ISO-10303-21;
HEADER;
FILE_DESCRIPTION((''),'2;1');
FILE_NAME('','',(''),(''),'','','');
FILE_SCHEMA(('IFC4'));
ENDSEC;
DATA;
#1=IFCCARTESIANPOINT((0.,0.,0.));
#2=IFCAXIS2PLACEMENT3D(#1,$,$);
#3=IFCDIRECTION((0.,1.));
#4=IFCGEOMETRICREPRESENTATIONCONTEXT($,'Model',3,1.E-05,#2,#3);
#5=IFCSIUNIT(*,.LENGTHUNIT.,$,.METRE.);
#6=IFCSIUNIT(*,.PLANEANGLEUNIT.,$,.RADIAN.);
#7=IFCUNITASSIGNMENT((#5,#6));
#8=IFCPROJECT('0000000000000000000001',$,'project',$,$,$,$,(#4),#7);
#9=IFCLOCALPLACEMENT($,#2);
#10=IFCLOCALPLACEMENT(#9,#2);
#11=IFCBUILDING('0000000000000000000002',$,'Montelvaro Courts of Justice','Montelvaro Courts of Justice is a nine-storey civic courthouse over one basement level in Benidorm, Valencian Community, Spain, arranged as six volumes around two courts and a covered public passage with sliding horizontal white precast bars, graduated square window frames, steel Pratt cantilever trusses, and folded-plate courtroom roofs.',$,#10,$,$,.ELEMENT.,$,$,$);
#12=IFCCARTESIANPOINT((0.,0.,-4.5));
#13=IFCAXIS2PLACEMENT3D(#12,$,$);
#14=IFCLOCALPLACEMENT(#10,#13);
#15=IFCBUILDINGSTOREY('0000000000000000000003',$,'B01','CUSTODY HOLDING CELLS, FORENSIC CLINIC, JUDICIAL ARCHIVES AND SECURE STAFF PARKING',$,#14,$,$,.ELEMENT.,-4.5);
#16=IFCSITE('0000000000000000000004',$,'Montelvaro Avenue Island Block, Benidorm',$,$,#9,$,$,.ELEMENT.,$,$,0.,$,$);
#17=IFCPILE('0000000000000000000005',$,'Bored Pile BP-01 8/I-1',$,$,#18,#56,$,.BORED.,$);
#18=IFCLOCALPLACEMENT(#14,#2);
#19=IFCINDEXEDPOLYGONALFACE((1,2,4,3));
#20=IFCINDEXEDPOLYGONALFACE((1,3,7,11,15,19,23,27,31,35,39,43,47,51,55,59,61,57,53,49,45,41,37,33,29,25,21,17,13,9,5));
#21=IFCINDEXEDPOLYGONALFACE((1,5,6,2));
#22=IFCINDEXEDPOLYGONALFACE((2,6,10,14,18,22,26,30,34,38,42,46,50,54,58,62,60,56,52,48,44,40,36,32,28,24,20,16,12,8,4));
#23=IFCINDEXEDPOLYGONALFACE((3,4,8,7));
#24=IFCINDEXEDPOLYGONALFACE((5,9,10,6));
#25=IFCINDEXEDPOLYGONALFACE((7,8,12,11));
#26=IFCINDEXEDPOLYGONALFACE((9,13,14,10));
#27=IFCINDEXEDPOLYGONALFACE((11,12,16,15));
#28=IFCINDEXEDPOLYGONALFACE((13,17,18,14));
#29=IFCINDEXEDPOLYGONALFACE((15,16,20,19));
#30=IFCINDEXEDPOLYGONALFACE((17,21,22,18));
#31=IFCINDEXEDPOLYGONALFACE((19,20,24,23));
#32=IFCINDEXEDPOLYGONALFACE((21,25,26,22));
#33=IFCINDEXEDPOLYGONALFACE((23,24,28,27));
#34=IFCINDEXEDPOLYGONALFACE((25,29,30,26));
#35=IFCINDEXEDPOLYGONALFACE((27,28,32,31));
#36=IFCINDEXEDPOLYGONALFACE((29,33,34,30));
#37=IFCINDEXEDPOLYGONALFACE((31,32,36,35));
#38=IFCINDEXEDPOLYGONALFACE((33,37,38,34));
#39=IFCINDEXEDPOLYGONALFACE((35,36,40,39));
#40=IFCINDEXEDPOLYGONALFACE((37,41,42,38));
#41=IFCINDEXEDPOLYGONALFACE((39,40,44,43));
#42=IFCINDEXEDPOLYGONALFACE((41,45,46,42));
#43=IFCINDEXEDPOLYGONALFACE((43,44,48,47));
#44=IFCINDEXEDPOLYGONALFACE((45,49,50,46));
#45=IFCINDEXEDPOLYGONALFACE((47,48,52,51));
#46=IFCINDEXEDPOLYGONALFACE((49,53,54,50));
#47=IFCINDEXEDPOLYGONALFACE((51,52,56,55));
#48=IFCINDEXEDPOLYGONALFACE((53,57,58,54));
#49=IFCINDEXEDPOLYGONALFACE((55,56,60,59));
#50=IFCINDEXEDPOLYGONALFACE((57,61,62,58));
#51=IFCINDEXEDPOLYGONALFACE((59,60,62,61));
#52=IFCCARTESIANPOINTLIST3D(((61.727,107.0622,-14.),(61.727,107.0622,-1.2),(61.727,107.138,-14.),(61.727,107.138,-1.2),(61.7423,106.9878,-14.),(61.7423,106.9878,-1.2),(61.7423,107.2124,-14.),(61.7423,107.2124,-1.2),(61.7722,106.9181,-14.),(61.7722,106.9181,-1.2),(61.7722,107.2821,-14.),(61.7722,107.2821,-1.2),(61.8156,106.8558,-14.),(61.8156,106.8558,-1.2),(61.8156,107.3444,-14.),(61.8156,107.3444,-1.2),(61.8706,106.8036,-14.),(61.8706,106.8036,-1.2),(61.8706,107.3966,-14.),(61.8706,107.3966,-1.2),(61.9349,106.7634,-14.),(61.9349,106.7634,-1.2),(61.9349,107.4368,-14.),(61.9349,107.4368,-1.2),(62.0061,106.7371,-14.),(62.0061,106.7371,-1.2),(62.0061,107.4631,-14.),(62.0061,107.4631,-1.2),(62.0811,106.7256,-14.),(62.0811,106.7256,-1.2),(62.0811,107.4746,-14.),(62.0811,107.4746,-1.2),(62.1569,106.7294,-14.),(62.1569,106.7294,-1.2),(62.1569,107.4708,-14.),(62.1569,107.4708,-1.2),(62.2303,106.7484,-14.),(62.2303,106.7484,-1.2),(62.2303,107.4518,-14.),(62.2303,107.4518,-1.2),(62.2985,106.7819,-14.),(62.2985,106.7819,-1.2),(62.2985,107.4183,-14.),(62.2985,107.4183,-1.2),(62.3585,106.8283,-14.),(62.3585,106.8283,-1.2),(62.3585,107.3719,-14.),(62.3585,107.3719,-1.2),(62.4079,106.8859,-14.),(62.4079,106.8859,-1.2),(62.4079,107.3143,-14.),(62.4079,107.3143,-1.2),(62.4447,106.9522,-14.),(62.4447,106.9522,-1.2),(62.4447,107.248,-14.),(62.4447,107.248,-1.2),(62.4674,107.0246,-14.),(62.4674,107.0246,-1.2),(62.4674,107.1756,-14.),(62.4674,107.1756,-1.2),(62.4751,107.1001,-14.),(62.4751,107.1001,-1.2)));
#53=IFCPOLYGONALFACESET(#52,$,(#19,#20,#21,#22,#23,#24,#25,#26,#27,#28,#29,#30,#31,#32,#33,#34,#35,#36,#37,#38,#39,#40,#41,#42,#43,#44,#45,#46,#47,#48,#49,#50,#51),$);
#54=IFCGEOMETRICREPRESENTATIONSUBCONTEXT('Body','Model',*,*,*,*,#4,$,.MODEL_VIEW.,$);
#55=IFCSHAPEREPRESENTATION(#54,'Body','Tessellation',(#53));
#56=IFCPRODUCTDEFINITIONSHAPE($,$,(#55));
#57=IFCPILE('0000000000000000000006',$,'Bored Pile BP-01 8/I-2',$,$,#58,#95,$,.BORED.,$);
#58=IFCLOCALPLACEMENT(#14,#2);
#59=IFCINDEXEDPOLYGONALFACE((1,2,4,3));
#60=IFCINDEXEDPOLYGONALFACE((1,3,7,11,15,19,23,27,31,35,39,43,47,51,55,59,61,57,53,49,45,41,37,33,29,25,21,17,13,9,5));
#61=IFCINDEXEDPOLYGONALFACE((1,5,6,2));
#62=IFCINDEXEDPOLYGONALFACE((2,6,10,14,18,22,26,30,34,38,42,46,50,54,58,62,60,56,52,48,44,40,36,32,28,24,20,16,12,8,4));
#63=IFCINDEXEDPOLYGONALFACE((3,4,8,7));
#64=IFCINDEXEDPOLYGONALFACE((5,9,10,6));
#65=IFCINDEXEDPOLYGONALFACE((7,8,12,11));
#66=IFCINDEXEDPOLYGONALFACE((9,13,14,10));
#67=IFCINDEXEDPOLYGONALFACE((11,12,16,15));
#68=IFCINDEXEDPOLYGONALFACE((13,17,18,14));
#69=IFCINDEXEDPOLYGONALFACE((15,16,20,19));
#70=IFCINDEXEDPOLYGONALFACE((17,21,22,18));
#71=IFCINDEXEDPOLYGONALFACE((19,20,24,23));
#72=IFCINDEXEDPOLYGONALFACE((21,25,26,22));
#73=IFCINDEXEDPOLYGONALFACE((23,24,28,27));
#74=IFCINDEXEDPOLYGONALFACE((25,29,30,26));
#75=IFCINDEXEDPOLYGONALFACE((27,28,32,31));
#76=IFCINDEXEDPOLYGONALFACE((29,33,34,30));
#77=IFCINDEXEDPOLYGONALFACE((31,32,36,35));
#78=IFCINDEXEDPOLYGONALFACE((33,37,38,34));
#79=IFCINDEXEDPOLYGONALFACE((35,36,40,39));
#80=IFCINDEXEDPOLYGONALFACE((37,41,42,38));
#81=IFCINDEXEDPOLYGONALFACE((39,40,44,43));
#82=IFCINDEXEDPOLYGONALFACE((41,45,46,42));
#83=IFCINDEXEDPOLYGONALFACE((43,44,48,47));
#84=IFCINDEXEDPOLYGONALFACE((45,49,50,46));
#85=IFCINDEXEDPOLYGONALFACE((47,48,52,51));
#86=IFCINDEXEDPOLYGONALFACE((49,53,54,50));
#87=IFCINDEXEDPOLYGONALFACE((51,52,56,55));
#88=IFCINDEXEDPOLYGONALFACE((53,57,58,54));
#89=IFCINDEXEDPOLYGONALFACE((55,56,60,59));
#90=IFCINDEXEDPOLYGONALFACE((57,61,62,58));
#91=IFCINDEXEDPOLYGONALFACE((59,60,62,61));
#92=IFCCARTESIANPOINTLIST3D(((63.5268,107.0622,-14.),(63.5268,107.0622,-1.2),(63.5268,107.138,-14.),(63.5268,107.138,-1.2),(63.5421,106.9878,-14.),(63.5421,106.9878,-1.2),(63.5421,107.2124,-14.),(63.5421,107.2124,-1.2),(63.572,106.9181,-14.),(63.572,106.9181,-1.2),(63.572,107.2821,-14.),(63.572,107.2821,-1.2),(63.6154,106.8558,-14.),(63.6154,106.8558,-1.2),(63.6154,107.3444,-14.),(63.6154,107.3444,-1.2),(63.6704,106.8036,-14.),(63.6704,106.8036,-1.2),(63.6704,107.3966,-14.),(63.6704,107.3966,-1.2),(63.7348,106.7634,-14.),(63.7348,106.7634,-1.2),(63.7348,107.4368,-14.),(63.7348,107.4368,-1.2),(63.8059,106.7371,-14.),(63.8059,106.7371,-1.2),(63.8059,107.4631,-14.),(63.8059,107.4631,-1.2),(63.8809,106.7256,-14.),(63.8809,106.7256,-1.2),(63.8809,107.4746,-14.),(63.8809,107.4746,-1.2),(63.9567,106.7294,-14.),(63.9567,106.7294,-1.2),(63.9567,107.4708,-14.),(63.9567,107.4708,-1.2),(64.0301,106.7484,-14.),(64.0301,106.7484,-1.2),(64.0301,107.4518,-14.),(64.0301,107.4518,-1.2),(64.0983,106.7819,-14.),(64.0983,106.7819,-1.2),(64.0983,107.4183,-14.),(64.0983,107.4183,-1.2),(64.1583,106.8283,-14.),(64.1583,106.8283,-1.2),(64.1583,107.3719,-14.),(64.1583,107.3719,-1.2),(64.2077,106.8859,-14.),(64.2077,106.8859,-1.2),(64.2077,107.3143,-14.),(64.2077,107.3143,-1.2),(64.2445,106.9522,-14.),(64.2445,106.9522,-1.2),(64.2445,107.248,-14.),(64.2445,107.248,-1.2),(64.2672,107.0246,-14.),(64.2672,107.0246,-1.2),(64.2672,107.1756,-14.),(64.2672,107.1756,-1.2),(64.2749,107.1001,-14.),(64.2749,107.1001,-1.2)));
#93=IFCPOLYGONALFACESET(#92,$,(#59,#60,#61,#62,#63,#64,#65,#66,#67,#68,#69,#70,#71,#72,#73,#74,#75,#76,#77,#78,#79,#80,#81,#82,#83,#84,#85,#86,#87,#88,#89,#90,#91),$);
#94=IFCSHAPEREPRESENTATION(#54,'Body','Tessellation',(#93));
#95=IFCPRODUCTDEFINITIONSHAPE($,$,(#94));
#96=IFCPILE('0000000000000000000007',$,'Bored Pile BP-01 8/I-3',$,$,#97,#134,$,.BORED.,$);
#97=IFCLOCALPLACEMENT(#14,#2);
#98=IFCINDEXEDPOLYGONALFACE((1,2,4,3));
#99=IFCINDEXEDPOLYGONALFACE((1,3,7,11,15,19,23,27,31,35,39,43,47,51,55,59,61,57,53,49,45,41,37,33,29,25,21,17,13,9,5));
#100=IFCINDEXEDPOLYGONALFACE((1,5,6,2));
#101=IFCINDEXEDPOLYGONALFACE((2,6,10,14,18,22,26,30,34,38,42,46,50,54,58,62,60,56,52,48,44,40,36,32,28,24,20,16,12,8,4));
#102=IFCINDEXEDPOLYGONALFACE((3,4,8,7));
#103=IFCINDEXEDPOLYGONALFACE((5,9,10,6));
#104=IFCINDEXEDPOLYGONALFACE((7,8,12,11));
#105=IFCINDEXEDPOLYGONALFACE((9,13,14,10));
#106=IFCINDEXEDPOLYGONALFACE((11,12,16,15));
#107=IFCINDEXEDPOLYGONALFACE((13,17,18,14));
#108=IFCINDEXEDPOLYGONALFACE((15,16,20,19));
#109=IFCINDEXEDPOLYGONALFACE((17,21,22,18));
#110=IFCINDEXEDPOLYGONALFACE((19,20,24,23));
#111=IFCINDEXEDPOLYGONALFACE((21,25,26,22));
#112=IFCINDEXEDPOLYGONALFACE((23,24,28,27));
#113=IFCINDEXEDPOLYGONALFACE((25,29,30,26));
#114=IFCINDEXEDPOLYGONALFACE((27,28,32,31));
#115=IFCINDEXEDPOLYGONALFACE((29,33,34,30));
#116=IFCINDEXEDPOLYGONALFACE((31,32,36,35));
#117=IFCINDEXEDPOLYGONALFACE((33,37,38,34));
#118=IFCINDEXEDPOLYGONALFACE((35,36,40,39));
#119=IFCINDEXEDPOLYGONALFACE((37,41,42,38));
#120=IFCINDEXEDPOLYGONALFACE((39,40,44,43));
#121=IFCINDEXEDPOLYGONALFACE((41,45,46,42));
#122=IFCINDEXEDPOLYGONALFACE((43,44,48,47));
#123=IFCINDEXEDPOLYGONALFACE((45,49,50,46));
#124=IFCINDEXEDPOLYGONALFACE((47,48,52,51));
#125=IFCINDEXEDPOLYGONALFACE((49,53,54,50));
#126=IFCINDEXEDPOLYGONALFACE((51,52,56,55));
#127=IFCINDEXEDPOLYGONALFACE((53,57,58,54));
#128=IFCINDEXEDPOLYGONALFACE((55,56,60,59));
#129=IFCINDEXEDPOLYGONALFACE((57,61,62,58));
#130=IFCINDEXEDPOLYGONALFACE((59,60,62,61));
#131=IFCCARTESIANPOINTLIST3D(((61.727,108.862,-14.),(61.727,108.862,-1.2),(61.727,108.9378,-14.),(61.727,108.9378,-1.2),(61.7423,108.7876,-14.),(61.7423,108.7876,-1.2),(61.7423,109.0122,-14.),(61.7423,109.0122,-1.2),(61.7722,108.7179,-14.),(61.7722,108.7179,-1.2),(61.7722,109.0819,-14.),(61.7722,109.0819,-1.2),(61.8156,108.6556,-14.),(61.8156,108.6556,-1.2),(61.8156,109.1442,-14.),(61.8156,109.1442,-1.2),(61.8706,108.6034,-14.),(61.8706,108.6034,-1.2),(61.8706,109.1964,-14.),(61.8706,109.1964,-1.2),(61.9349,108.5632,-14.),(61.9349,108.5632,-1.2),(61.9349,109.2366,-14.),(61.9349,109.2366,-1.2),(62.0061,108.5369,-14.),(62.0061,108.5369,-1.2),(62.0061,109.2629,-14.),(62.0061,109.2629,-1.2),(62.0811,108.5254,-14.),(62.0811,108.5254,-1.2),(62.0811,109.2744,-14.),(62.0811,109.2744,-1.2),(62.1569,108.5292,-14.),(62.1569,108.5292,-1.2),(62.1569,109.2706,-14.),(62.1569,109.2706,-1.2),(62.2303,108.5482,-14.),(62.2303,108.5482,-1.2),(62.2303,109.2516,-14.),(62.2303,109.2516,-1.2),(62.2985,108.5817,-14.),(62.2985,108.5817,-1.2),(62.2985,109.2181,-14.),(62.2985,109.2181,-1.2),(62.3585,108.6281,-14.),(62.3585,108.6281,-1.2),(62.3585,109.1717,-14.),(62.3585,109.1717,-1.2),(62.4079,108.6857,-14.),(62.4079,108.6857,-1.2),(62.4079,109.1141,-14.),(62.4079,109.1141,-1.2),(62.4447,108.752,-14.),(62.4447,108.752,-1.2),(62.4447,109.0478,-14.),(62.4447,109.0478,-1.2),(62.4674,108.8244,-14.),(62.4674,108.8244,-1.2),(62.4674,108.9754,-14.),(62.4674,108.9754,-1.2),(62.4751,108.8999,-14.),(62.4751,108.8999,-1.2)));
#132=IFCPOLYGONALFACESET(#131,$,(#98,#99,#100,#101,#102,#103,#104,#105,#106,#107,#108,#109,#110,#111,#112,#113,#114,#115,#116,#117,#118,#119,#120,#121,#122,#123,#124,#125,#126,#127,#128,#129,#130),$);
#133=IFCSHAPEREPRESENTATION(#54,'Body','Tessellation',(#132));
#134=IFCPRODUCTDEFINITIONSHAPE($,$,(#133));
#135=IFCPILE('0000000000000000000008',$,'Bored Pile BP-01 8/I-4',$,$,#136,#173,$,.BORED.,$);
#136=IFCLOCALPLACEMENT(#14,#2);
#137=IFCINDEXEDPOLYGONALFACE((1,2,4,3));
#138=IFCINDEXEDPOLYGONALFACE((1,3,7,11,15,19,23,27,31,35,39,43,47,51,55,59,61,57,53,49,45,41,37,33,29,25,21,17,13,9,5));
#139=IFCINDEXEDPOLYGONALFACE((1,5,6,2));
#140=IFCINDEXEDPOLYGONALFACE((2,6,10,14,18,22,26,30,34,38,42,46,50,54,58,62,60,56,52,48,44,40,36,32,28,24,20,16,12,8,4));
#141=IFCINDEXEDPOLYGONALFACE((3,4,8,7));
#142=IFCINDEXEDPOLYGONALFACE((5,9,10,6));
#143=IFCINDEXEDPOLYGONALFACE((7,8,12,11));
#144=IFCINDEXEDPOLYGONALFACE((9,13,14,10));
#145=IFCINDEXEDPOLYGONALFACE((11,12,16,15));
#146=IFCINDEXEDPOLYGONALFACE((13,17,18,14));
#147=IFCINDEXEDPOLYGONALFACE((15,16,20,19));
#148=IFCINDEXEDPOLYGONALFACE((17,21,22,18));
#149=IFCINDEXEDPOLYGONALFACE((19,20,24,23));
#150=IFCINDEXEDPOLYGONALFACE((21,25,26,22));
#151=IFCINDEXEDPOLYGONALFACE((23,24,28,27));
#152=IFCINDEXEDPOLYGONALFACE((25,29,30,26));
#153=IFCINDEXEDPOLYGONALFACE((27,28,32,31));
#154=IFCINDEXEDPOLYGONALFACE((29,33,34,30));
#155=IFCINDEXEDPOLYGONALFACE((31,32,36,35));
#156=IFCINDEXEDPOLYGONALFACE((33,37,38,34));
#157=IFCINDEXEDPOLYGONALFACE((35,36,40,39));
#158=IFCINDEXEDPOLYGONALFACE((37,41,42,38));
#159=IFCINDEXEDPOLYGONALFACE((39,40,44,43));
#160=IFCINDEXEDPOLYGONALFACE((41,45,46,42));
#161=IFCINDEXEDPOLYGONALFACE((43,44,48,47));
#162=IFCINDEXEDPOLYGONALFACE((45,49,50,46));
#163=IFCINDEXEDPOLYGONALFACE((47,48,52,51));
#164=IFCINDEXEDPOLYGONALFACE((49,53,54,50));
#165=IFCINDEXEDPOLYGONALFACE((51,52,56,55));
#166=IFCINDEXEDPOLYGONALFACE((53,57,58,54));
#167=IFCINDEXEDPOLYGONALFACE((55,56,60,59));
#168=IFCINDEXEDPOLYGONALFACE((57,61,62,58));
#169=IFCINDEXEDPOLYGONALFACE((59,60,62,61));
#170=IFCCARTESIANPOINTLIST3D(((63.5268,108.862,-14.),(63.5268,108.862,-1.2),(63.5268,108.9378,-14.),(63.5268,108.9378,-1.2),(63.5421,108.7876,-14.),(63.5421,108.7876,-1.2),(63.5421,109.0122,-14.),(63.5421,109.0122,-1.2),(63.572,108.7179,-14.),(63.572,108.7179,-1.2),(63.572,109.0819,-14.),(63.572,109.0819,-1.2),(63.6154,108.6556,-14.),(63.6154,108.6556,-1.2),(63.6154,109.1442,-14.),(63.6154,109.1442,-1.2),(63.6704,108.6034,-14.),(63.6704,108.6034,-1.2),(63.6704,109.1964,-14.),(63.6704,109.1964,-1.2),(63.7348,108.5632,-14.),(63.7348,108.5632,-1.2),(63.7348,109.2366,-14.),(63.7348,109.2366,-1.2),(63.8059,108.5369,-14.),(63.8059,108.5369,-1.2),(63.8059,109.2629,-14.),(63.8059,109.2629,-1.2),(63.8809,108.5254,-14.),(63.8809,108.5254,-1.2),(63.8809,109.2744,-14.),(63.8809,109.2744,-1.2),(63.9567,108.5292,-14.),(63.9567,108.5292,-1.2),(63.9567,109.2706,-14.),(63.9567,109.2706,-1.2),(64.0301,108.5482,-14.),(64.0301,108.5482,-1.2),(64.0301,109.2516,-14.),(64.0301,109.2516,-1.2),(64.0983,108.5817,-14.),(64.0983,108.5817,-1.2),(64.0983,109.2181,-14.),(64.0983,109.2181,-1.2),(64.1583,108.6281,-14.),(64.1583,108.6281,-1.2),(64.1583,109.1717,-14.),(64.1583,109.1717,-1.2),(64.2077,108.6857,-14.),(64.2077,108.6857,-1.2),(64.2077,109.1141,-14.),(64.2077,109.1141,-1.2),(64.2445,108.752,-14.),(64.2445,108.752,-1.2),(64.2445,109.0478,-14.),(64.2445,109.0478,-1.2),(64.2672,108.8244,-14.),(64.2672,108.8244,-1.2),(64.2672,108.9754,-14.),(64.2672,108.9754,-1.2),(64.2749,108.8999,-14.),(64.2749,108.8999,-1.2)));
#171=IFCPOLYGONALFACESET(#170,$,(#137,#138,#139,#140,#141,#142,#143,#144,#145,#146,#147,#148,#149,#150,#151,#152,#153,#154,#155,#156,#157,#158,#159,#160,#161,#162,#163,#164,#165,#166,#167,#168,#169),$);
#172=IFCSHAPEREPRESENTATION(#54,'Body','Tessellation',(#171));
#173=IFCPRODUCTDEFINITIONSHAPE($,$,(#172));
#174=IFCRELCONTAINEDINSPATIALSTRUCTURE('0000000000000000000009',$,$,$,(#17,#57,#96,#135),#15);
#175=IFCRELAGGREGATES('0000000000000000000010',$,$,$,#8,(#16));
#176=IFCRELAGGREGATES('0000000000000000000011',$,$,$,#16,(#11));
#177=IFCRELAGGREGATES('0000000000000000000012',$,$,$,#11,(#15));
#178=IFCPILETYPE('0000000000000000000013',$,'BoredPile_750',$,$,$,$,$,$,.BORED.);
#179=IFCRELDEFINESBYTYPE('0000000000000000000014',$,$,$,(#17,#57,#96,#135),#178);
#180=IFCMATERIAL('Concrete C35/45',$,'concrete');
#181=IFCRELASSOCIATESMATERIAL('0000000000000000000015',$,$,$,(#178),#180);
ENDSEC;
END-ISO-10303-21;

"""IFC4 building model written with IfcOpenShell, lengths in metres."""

from ifc_helpers import new_model, si_unit, direction, frame, origin, origin_2d, place, context, subcontext, project, spatial, circle, extrude, material, material_profile, profile_set, type_object, element, save


model = new_model("IFC4")

# Units and contexts
model_context = context("Model", 3, precision=1e-05, world=origin(), true_north=direction((0.0, 1.0)))
body_context = subcontext(model_context, "Body", "Model", "MODEL_VIEW")
ifc_project = project(units=[si_unit("LENGTHUNIT", "METRE"), si_unit("PLANEANGLEUNIT", "RADIAN")], contexts=[model_context])

# Site, building, storey
site_placement = place(None, origin())
site = spatial("IfcSite", under=ifc_project, at=site_placement, Name="Montelvaro Avenue Island Block, Benidorm", CompositionType="ELEMENT", RefElevation=0.0)
building_placement = place(site_placement, origin())
building = spatial("IfcBuilding", under=site, at=building_placement, Name="Montelvaro Courts of Justice", Description="Montelvaro Courts of Justice is a nine-storey civic courthouse over one basement level in Benidorm, Valencian Community, Spain, arranged as six volumes around two courts and a covered public passage with sliding horizontal white precast bars, graduated square window frames, steel Pratt cantilever trusses, and folded-plate courtroom roofs.", CompositionType="ELEMENT")
storey_placement = place(building_placement, frame((0.0, 0.0, -4.5)))
storey = spatial("IfcBuildingStorey", under=building, at=storey_placement, Name="B01", Description="CUSTODY HOLDING CELLS, FORENSIC CLINIC, JUDICIAL ARCHIVES AND SECURE STAFF PARKING", CompositionType="ELEMENT", Elevation=-4.5)

# Piles
ifc_material_1 = material(Name="Concrete C35/45", Category="concrete")
ifc_material_profile_1 = material_profile(ifc_material_1, circle(Radius=0.375, at=origin_2d()), Name="BORED PILE D750")
ifc_profile_set_1 = profile_set([ifc_material_profile_1], Name="Concrete C35/45")
pile_type_1 = type_object("IfcPileType", Name="BoredPile_750", PredefinedType="BORED", material=ifc_profile_set_1)
for number, where, z_axis, x_axis, name in (
    (1, (62.1001, 107.1001, -1.2), (0.0, 0.0, -1.0), (1.0, 0.0, 0.0), "Bored Pile BP-01 8/I-1"),
    (2, (63.8999, 107.1001, -1.2), (0.0, 0.0, -1.0), (1.0, 0.0, 0.0), "Bored Pile BP-01 8/I-2"),
    (3, (62.1001, 108.8999, -1.2), (0.0, 0.0, -1.0), (1.0, 0.0, 0.0), "Bored Pile BP-01 8/I-3"),
    (4, (63.8999, 108.8999, -1.2), (0.0, 0.0, -1.0), (1.0, 0.0, 0.0), "Bored Pile BP-01 8/I-4"),
):
    element("IfcPile", number, at=place(storey_placement, frame(where, z_axis=z_axis, x_axis=x_axis)), inside=storey, type_object=pile_type_1, Name=name, PredefinedType="BORED", context=body_context, shape_type="SweptSolid", body=[
        extrude(circle(Radius=0.375, at=origin_2d()), origin(), (0.0, 0.0, 1.0), 12.8),
    ])

save(model, "model.ifc")
